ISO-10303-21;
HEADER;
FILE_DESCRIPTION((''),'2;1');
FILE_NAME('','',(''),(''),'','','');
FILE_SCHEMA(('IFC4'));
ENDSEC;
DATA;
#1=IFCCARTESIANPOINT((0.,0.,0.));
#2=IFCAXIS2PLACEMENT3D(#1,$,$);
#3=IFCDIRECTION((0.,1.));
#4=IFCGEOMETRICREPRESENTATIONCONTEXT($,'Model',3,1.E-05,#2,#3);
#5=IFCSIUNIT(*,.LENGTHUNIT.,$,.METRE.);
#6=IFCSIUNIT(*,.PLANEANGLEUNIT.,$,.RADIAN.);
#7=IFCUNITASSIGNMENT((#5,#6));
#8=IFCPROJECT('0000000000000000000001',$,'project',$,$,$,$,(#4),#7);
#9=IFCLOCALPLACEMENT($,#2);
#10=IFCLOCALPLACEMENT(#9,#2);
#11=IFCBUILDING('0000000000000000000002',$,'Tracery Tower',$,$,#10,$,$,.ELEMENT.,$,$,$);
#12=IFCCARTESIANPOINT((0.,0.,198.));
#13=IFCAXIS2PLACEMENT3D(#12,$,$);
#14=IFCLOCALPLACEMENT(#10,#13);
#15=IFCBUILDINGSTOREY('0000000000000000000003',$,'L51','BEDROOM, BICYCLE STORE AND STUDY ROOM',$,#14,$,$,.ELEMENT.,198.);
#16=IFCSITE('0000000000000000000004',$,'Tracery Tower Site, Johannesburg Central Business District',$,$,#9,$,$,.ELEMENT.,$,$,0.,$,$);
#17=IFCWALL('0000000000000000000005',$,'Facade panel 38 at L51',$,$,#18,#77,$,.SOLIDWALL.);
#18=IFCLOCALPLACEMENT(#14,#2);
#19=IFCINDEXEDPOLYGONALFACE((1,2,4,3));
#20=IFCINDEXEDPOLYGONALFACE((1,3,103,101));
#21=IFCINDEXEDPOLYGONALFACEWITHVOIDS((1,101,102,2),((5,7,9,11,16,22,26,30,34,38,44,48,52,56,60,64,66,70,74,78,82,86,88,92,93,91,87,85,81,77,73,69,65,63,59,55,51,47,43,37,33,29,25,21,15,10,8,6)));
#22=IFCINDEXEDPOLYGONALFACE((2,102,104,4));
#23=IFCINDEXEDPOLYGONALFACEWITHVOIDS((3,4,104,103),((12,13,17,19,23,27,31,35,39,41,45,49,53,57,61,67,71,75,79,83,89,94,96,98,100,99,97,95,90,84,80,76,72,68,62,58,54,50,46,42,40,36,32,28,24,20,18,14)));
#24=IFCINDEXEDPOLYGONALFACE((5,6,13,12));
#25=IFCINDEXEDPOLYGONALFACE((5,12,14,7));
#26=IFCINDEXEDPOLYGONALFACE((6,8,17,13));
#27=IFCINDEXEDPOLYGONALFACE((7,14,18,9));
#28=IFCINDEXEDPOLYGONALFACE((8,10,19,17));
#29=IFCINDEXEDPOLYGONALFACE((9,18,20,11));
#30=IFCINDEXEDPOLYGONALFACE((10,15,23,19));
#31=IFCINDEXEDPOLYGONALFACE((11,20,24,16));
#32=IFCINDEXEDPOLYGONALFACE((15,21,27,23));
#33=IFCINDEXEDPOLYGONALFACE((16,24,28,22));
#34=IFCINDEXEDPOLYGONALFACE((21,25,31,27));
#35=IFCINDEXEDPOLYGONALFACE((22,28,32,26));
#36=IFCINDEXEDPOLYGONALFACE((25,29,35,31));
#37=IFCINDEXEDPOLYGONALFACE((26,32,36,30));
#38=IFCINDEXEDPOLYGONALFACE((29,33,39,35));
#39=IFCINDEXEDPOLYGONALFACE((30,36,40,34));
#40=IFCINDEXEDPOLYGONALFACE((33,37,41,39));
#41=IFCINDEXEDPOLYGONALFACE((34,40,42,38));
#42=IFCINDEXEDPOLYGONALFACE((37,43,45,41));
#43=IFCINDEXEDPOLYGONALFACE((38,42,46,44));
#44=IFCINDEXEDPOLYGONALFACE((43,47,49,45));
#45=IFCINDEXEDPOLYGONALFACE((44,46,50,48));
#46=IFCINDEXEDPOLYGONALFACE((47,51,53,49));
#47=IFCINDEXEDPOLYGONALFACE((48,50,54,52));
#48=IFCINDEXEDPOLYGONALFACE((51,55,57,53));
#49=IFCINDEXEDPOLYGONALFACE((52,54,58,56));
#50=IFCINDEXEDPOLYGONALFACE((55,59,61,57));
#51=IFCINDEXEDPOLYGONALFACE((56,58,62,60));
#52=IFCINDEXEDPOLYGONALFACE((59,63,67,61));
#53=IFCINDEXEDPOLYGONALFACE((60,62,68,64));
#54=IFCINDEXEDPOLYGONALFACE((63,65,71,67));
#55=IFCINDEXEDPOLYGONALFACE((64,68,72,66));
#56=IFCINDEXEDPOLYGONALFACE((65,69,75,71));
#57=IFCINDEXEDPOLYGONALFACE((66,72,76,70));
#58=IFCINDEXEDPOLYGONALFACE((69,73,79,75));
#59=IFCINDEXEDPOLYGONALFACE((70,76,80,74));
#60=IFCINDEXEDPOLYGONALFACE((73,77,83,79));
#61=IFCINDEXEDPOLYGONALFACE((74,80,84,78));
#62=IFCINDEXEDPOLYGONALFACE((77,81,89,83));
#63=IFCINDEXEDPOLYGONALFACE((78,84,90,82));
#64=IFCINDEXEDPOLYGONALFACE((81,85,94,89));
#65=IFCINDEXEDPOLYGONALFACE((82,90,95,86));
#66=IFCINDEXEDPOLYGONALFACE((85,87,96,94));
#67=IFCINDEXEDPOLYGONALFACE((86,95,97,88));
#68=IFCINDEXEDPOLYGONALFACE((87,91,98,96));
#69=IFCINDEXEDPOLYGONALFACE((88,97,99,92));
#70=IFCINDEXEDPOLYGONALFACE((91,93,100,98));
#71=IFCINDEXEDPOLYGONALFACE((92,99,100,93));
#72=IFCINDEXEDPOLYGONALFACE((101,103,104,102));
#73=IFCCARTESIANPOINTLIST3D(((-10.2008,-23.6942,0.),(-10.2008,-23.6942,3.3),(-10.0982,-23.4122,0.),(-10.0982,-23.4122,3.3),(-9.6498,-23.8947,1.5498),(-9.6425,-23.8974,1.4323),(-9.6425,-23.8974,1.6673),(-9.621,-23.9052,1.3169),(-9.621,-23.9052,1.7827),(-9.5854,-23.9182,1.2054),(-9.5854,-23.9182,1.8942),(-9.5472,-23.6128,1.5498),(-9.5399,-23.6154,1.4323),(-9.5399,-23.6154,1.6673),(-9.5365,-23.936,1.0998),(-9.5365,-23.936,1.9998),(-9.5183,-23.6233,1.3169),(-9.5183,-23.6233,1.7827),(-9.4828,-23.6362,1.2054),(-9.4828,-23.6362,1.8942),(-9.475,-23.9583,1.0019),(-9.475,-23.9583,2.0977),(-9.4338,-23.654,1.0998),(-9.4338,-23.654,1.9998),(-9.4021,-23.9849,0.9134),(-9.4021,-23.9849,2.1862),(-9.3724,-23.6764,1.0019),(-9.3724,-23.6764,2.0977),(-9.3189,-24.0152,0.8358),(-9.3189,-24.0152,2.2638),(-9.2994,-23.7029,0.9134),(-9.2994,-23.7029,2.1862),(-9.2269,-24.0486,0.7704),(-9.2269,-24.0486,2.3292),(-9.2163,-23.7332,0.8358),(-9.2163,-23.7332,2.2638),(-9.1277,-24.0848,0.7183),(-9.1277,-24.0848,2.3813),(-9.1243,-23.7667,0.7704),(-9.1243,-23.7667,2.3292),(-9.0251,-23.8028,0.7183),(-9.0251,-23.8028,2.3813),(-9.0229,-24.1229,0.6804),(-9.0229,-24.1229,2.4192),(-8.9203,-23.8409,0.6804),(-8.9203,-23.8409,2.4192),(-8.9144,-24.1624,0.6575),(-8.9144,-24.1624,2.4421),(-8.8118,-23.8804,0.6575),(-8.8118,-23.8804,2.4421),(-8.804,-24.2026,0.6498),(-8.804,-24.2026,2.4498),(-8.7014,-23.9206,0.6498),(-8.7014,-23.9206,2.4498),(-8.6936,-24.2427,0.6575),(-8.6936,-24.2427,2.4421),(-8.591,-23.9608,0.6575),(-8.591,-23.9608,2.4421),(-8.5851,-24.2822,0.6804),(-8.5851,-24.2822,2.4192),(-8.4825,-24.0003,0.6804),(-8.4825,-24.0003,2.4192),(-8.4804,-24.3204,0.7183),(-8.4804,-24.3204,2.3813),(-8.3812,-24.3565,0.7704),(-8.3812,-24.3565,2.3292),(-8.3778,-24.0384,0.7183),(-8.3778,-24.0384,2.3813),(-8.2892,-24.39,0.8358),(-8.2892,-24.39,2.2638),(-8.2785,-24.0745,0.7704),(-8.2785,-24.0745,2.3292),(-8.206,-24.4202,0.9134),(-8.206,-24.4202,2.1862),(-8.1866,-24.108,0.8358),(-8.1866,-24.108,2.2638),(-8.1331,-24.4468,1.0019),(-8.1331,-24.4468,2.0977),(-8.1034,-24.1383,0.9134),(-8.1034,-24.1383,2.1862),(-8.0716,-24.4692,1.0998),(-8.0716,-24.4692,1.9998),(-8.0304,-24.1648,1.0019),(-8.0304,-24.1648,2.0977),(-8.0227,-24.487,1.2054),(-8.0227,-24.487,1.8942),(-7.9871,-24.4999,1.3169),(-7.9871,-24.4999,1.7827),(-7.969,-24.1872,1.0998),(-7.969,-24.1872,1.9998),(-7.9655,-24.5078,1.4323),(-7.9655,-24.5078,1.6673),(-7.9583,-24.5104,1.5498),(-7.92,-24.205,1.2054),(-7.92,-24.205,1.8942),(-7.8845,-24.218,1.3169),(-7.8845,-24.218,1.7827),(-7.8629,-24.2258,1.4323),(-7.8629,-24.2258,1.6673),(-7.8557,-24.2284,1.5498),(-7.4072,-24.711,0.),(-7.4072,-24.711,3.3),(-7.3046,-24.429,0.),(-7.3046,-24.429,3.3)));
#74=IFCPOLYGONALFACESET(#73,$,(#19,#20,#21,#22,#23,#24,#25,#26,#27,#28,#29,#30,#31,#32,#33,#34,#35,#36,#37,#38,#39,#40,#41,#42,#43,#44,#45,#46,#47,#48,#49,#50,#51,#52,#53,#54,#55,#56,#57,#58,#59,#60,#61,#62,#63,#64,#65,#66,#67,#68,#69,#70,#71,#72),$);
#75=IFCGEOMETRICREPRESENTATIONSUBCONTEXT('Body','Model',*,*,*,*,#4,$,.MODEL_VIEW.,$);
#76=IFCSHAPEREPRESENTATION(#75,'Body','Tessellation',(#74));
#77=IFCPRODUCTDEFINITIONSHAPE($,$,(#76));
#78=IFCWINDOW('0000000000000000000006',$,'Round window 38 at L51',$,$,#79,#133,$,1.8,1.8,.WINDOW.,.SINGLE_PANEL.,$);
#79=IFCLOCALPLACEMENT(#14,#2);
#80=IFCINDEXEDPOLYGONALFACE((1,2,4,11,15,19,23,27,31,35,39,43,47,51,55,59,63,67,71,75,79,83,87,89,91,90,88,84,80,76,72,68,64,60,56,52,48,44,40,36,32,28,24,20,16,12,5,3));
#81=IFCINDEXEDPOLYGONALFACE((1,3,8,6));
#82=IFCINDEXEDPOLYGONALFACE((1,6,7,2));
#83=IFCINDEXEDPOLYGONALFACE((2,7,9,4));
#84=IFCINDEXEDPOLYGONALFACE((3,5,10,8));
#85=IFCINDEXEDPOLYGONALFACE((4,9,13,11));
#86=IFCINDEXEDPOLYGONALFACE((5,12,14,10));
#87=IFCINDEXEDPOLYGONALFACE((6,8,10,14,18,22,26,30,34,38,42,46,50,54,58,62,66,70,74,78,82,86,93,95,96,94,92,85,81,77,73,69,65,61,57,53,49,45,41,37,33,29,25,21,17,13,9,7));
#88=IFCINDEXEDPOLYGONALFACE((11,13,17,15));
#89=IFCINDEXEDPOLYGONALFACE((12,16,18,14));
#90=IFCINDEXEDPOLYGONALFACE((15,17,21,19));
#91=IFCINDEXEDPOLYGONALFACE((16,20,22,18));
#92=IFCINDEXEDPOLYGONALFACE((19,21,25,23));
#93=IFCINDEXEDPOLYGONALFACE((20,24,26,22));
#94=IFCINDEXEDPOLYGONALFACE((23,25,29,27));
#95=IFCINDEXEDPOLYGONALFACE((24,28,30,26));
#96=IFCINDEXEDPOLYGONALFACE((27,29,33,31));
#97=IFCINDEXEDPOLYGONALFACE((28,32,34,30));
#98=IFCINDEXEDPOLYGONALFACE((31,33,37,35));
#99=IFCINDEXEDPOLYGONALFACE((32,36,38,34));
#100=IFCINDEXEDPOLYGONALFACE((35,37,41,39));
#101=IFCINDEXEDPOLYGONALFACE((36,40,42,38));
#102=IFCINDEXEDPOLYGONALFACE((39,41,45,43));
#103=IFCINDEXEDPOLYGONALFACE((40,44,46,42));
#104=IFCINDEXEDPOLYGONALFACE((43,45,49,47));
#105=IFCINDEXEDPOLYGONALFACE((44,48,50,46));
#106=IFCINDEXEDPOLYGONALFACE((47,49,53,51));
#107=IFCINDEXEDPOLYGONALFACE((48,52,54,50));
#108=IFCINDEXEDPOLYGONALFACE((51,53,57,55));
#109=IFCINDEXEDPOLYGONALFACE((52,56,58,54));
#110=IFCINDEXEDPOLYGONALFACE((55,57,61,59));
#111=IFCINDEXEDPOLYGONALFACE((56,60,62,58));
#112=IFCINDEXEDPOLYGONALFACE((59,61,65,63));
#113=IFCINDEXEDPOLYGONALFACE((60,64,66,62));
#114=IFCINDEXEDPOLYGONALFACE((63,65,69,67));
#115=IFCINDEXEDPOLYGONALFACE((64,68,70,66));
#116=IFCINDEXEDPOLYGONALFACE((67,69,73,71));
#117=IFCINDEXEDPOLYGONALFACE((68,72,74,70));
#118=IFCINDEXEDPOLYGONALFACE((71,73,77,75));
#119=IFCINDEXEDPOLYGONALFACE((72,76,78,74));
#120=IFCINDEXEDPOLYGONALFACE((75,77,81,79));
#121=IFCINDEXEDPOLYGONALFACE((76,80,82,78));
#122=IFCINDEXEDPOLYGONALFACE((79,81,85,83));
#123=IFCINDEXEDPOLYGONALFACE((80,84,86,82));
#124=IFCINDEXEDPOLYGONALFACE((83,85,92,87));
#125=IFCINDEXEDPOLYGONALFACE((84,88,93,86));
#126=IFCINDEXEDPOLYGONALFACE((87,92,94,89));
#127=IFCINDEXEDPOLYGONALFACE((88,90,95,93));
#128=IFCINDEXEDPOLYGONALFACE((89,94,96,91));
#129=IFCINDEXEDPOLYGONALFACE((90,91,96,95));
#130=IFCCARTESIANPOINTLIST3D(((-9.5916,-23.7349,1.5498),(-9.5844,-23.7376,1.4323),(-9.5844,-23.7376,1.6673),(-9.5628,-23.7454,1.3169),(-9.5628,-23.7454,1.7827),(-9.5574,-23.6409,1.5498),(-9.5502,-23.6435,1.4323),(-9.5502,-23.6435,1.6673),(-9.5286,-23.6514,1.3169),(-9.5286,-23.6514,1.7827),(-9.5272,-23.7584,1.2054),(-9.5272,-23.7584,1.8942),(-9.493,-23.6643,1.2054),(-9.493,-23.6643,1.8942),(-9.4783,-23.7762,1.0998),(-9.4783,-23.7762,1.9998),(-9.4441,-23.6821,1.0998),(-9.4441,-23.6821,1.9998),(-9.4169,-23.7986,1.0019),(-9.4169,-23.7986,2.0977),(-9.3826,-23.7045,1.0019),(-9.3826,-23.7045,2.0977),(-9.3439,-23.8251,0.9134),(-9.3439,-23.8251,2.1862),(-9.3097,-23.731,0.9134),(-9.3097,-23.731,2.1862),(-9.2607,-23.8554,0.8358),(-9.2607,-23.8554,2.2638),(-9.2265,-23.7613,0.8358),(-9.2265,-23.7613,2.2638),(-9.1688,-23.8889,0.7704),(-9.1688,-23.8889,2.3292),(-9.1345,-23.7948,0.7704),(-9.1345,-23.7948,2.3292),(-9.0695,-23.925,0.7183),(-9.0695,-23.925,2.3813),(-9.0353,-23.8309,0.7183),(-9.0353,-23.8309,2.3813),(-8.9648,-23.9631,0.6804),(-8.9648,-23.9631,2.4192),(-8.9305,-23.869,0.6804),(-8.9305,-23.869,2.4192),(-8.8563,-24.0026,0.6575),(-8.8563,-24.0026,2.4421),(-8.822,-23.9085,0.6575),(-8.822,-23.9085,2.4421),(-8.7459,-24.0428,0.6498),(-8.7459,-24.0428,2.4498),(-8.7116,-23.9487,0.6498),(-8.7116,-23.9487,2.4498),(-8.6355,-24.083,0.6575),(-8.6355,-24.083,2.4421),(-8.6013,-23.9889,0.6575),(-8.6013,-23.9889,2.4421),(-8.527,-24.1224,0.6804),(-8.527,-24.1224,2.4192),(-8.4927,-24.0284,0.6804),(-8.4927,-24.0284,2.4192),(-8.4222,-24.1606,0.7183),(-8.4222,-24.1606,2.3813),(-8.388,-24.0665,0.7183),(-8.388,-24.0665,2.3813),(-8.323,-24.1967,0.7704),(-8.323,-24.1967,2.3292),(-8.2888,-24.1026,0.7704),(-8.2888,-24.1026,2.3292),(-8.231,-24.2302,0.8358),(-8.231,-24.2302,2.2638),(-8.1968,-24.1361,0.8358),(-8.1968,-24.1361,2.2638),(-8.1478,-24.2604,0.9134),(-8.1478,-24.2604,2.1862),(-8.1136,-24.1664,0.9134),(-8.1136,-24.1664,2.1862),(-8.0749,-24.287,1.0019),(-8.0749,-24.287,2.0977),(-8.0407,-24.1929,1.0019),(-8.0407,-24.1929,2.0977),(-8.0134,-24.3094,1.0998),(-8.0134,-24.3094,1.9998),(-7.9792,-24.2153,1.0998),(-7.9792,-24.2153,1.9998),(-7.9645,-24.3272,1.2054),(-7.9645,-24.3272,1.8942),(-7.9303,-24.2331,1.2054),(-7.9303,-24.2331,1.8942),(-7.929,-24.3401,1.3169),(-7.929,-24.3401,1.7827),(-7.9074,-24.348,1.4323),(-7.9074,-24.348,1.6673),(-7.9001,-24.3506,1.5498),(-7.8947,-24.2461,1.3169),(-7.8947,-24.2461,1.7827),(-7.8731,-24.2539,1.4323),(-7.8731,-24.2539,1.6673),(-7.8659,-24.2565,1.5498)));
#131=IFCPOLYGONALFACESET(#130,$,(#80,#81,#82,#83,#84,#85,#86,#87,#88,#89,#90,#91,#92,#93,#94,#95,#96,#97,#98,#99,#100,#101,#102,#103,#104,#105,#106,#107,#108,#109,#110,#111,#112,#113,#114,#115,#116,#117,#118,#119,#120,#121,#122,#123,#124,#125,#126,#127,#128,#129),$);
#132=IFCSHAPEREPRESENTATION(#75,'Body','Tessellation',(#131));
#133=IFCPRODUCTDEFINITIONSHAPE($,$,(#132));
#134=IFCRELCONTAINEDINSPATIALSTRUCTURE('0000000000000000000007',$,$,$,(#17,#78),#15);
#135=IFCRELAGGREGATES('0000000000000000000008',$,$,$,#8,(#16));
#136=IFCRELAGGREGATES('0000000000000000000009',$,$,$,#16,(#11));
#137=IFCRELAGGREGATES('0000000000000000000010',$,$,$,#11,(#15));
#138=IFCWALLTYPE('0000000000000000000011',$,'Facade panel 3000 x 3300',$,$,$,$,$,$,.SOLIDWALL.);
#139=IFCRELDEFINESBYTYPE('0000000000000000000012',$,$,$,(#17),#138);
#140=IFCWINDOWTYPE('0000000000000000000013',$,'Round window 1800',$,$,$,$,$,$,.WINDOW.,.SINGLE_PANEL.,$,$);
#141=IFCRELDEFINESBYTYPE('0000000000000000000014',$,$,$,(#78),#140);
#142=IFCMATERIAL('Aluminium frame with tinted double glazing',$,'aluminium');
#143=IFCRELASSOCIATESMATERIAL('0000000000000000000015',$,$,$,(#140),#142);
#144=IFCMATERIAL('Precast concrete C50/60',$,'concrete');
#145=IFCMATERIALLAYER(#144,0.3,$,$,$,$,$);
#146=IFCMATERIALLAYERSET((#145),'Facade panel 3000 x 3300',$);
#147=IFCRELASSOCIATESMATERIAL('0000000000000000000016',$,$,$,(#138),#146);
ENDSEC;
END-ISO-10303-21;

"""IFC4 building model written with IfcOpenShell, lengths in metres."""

from ifc_helpers import new_model, si_unit, direction, frame, frame_2d, origin, origin_2d, place, context, subcontext, project, spatial, rectangle, circle, extrude, material, layer, layer_set, type_object, element, fill, save


model = new_model("IFC4")

# Units and contexts
model_context = context("Model", 3, precision=1e-05, world=origin(), true_north=direction((0.0, 1.0)))
body_context = subcontext(model_context, "Body", "Model", "MODEL_VIEW")
ifc_project = project(units=[si_unit("LENGTHUNIT", "METRE"), si_unit("PLANEANGLEUNIT", "RADIAN")], contexts=[model_context])

# Site, building, storey
site_placement = place(None, origin())
site = spatial("IfcSite", under=ifc_project, at=site_placement, Name="Tracery Tower Site, Johannesburg Central Business District", CompositionType="ELEMENT", RefElevation=0.0)
building_placement = place(site_placement, origin())
building = spatial("IfcBuilding", under=site, at=building_placement, Name="Tracery Tower", CompositionType="ELEMENT")
storey_placement = place(building_placement, frame((0.0, 0.0, 198.0)))
storey = spatial("IfcBuildingStorey", under=building, at=storey_placement, Name="L51", Description="BEDROOM, BICYCLE STORE AND STUDY ROOM", CompositionType="ELEMENT", Elevation=198.0)

# Wall, opening, window
ifc_material_1 = material(Name="Aluminium frame with tinted double glazing", Category="aluminium")
window_type = type_object("IfcWindowType", Name="Round window 1800", PartitioningType="SINGLE_PANEL", PredefinedType="WINDOW", material=ifc_material_1)
ifc_material_2 = material(Name="Precast concrete C50/60", Category="concrete")
ifc_layer_1 = layer(ifc_material_2, 0.3)
ifc_layer_set_1 = layer_set([ifc_layer_1], Name="Facade panel 3000 x 3300")
wall_type_1 = type_object("IfcWallType", Name="Facade panel 3000 x 3300", PredefinedType="SOLIDWALL", material=ifc_layer_set_1)
wall_1_placement = place(storey_placement, frame((-10.1494, -23.5532, 0.0), z_axis=(0.0, 0.0, 1.0), x_axis=(0.93969, -0.342027, 0.0)))
wall_1 = element("IfcWall", 1, at=wall_1_placement, inside=storey, type_object=wall_type_1, Name="Facade panel 38 at L51", PredefinedType="SOLIDWALL", context=body_context, shape_type="SweptSolid", body=[
    extrude(rectangle(XDim=2.9729, YDim=0.3, at=frame_2d((1.4863, 0.0))), origin(), (0.0, 0.0, 1.0), 3.3),
])
opening_1_placement = place(wall_1_placement, frame((1.4863, 0.0, 1.5498)))
opening_1 = element("IfcOpeningElement", 2, at=opening_1_placement, cuts=wall_1, PredefinedType="OPENING", context=body_context, shape_type="SweptSolid", body=[
    extrude(circle(Radius=0.9, at=origin_2d()), frame((0.0, 0.1599, 0.0), z_axis=(0.0, -1.0, 0.0), x_axis=(1.0, 0.0, 0.0)), (0.0, 0.0, 1.0), 0.3201),
])
window_1_placement = place(opening_1_placement, origin())
window_1 = element("IfcWindow", 3, at=window_1_placement, inside=storey, type_object=window_type, Name="Round window 38 at L51", OverallHeight=1.8, OverallWidth=1.8, PartitioningType="SINGLE_PANEL", PredefinedType="WINDOW", context=body_context, shape_type="SweptSolid", body=[
    extrude(circle(Radius=0.9, at=origin_2d()), frame((0.0, 0.1201, 0.0), z_axis=(0.0, -1.0, 0.0), x_axis=(1.0, 0.0, 0.0)), (0.0, 0.0, 1.0), 0.1001),
])
fill(opening_1, window_1)

save(model, "model.ifc")
